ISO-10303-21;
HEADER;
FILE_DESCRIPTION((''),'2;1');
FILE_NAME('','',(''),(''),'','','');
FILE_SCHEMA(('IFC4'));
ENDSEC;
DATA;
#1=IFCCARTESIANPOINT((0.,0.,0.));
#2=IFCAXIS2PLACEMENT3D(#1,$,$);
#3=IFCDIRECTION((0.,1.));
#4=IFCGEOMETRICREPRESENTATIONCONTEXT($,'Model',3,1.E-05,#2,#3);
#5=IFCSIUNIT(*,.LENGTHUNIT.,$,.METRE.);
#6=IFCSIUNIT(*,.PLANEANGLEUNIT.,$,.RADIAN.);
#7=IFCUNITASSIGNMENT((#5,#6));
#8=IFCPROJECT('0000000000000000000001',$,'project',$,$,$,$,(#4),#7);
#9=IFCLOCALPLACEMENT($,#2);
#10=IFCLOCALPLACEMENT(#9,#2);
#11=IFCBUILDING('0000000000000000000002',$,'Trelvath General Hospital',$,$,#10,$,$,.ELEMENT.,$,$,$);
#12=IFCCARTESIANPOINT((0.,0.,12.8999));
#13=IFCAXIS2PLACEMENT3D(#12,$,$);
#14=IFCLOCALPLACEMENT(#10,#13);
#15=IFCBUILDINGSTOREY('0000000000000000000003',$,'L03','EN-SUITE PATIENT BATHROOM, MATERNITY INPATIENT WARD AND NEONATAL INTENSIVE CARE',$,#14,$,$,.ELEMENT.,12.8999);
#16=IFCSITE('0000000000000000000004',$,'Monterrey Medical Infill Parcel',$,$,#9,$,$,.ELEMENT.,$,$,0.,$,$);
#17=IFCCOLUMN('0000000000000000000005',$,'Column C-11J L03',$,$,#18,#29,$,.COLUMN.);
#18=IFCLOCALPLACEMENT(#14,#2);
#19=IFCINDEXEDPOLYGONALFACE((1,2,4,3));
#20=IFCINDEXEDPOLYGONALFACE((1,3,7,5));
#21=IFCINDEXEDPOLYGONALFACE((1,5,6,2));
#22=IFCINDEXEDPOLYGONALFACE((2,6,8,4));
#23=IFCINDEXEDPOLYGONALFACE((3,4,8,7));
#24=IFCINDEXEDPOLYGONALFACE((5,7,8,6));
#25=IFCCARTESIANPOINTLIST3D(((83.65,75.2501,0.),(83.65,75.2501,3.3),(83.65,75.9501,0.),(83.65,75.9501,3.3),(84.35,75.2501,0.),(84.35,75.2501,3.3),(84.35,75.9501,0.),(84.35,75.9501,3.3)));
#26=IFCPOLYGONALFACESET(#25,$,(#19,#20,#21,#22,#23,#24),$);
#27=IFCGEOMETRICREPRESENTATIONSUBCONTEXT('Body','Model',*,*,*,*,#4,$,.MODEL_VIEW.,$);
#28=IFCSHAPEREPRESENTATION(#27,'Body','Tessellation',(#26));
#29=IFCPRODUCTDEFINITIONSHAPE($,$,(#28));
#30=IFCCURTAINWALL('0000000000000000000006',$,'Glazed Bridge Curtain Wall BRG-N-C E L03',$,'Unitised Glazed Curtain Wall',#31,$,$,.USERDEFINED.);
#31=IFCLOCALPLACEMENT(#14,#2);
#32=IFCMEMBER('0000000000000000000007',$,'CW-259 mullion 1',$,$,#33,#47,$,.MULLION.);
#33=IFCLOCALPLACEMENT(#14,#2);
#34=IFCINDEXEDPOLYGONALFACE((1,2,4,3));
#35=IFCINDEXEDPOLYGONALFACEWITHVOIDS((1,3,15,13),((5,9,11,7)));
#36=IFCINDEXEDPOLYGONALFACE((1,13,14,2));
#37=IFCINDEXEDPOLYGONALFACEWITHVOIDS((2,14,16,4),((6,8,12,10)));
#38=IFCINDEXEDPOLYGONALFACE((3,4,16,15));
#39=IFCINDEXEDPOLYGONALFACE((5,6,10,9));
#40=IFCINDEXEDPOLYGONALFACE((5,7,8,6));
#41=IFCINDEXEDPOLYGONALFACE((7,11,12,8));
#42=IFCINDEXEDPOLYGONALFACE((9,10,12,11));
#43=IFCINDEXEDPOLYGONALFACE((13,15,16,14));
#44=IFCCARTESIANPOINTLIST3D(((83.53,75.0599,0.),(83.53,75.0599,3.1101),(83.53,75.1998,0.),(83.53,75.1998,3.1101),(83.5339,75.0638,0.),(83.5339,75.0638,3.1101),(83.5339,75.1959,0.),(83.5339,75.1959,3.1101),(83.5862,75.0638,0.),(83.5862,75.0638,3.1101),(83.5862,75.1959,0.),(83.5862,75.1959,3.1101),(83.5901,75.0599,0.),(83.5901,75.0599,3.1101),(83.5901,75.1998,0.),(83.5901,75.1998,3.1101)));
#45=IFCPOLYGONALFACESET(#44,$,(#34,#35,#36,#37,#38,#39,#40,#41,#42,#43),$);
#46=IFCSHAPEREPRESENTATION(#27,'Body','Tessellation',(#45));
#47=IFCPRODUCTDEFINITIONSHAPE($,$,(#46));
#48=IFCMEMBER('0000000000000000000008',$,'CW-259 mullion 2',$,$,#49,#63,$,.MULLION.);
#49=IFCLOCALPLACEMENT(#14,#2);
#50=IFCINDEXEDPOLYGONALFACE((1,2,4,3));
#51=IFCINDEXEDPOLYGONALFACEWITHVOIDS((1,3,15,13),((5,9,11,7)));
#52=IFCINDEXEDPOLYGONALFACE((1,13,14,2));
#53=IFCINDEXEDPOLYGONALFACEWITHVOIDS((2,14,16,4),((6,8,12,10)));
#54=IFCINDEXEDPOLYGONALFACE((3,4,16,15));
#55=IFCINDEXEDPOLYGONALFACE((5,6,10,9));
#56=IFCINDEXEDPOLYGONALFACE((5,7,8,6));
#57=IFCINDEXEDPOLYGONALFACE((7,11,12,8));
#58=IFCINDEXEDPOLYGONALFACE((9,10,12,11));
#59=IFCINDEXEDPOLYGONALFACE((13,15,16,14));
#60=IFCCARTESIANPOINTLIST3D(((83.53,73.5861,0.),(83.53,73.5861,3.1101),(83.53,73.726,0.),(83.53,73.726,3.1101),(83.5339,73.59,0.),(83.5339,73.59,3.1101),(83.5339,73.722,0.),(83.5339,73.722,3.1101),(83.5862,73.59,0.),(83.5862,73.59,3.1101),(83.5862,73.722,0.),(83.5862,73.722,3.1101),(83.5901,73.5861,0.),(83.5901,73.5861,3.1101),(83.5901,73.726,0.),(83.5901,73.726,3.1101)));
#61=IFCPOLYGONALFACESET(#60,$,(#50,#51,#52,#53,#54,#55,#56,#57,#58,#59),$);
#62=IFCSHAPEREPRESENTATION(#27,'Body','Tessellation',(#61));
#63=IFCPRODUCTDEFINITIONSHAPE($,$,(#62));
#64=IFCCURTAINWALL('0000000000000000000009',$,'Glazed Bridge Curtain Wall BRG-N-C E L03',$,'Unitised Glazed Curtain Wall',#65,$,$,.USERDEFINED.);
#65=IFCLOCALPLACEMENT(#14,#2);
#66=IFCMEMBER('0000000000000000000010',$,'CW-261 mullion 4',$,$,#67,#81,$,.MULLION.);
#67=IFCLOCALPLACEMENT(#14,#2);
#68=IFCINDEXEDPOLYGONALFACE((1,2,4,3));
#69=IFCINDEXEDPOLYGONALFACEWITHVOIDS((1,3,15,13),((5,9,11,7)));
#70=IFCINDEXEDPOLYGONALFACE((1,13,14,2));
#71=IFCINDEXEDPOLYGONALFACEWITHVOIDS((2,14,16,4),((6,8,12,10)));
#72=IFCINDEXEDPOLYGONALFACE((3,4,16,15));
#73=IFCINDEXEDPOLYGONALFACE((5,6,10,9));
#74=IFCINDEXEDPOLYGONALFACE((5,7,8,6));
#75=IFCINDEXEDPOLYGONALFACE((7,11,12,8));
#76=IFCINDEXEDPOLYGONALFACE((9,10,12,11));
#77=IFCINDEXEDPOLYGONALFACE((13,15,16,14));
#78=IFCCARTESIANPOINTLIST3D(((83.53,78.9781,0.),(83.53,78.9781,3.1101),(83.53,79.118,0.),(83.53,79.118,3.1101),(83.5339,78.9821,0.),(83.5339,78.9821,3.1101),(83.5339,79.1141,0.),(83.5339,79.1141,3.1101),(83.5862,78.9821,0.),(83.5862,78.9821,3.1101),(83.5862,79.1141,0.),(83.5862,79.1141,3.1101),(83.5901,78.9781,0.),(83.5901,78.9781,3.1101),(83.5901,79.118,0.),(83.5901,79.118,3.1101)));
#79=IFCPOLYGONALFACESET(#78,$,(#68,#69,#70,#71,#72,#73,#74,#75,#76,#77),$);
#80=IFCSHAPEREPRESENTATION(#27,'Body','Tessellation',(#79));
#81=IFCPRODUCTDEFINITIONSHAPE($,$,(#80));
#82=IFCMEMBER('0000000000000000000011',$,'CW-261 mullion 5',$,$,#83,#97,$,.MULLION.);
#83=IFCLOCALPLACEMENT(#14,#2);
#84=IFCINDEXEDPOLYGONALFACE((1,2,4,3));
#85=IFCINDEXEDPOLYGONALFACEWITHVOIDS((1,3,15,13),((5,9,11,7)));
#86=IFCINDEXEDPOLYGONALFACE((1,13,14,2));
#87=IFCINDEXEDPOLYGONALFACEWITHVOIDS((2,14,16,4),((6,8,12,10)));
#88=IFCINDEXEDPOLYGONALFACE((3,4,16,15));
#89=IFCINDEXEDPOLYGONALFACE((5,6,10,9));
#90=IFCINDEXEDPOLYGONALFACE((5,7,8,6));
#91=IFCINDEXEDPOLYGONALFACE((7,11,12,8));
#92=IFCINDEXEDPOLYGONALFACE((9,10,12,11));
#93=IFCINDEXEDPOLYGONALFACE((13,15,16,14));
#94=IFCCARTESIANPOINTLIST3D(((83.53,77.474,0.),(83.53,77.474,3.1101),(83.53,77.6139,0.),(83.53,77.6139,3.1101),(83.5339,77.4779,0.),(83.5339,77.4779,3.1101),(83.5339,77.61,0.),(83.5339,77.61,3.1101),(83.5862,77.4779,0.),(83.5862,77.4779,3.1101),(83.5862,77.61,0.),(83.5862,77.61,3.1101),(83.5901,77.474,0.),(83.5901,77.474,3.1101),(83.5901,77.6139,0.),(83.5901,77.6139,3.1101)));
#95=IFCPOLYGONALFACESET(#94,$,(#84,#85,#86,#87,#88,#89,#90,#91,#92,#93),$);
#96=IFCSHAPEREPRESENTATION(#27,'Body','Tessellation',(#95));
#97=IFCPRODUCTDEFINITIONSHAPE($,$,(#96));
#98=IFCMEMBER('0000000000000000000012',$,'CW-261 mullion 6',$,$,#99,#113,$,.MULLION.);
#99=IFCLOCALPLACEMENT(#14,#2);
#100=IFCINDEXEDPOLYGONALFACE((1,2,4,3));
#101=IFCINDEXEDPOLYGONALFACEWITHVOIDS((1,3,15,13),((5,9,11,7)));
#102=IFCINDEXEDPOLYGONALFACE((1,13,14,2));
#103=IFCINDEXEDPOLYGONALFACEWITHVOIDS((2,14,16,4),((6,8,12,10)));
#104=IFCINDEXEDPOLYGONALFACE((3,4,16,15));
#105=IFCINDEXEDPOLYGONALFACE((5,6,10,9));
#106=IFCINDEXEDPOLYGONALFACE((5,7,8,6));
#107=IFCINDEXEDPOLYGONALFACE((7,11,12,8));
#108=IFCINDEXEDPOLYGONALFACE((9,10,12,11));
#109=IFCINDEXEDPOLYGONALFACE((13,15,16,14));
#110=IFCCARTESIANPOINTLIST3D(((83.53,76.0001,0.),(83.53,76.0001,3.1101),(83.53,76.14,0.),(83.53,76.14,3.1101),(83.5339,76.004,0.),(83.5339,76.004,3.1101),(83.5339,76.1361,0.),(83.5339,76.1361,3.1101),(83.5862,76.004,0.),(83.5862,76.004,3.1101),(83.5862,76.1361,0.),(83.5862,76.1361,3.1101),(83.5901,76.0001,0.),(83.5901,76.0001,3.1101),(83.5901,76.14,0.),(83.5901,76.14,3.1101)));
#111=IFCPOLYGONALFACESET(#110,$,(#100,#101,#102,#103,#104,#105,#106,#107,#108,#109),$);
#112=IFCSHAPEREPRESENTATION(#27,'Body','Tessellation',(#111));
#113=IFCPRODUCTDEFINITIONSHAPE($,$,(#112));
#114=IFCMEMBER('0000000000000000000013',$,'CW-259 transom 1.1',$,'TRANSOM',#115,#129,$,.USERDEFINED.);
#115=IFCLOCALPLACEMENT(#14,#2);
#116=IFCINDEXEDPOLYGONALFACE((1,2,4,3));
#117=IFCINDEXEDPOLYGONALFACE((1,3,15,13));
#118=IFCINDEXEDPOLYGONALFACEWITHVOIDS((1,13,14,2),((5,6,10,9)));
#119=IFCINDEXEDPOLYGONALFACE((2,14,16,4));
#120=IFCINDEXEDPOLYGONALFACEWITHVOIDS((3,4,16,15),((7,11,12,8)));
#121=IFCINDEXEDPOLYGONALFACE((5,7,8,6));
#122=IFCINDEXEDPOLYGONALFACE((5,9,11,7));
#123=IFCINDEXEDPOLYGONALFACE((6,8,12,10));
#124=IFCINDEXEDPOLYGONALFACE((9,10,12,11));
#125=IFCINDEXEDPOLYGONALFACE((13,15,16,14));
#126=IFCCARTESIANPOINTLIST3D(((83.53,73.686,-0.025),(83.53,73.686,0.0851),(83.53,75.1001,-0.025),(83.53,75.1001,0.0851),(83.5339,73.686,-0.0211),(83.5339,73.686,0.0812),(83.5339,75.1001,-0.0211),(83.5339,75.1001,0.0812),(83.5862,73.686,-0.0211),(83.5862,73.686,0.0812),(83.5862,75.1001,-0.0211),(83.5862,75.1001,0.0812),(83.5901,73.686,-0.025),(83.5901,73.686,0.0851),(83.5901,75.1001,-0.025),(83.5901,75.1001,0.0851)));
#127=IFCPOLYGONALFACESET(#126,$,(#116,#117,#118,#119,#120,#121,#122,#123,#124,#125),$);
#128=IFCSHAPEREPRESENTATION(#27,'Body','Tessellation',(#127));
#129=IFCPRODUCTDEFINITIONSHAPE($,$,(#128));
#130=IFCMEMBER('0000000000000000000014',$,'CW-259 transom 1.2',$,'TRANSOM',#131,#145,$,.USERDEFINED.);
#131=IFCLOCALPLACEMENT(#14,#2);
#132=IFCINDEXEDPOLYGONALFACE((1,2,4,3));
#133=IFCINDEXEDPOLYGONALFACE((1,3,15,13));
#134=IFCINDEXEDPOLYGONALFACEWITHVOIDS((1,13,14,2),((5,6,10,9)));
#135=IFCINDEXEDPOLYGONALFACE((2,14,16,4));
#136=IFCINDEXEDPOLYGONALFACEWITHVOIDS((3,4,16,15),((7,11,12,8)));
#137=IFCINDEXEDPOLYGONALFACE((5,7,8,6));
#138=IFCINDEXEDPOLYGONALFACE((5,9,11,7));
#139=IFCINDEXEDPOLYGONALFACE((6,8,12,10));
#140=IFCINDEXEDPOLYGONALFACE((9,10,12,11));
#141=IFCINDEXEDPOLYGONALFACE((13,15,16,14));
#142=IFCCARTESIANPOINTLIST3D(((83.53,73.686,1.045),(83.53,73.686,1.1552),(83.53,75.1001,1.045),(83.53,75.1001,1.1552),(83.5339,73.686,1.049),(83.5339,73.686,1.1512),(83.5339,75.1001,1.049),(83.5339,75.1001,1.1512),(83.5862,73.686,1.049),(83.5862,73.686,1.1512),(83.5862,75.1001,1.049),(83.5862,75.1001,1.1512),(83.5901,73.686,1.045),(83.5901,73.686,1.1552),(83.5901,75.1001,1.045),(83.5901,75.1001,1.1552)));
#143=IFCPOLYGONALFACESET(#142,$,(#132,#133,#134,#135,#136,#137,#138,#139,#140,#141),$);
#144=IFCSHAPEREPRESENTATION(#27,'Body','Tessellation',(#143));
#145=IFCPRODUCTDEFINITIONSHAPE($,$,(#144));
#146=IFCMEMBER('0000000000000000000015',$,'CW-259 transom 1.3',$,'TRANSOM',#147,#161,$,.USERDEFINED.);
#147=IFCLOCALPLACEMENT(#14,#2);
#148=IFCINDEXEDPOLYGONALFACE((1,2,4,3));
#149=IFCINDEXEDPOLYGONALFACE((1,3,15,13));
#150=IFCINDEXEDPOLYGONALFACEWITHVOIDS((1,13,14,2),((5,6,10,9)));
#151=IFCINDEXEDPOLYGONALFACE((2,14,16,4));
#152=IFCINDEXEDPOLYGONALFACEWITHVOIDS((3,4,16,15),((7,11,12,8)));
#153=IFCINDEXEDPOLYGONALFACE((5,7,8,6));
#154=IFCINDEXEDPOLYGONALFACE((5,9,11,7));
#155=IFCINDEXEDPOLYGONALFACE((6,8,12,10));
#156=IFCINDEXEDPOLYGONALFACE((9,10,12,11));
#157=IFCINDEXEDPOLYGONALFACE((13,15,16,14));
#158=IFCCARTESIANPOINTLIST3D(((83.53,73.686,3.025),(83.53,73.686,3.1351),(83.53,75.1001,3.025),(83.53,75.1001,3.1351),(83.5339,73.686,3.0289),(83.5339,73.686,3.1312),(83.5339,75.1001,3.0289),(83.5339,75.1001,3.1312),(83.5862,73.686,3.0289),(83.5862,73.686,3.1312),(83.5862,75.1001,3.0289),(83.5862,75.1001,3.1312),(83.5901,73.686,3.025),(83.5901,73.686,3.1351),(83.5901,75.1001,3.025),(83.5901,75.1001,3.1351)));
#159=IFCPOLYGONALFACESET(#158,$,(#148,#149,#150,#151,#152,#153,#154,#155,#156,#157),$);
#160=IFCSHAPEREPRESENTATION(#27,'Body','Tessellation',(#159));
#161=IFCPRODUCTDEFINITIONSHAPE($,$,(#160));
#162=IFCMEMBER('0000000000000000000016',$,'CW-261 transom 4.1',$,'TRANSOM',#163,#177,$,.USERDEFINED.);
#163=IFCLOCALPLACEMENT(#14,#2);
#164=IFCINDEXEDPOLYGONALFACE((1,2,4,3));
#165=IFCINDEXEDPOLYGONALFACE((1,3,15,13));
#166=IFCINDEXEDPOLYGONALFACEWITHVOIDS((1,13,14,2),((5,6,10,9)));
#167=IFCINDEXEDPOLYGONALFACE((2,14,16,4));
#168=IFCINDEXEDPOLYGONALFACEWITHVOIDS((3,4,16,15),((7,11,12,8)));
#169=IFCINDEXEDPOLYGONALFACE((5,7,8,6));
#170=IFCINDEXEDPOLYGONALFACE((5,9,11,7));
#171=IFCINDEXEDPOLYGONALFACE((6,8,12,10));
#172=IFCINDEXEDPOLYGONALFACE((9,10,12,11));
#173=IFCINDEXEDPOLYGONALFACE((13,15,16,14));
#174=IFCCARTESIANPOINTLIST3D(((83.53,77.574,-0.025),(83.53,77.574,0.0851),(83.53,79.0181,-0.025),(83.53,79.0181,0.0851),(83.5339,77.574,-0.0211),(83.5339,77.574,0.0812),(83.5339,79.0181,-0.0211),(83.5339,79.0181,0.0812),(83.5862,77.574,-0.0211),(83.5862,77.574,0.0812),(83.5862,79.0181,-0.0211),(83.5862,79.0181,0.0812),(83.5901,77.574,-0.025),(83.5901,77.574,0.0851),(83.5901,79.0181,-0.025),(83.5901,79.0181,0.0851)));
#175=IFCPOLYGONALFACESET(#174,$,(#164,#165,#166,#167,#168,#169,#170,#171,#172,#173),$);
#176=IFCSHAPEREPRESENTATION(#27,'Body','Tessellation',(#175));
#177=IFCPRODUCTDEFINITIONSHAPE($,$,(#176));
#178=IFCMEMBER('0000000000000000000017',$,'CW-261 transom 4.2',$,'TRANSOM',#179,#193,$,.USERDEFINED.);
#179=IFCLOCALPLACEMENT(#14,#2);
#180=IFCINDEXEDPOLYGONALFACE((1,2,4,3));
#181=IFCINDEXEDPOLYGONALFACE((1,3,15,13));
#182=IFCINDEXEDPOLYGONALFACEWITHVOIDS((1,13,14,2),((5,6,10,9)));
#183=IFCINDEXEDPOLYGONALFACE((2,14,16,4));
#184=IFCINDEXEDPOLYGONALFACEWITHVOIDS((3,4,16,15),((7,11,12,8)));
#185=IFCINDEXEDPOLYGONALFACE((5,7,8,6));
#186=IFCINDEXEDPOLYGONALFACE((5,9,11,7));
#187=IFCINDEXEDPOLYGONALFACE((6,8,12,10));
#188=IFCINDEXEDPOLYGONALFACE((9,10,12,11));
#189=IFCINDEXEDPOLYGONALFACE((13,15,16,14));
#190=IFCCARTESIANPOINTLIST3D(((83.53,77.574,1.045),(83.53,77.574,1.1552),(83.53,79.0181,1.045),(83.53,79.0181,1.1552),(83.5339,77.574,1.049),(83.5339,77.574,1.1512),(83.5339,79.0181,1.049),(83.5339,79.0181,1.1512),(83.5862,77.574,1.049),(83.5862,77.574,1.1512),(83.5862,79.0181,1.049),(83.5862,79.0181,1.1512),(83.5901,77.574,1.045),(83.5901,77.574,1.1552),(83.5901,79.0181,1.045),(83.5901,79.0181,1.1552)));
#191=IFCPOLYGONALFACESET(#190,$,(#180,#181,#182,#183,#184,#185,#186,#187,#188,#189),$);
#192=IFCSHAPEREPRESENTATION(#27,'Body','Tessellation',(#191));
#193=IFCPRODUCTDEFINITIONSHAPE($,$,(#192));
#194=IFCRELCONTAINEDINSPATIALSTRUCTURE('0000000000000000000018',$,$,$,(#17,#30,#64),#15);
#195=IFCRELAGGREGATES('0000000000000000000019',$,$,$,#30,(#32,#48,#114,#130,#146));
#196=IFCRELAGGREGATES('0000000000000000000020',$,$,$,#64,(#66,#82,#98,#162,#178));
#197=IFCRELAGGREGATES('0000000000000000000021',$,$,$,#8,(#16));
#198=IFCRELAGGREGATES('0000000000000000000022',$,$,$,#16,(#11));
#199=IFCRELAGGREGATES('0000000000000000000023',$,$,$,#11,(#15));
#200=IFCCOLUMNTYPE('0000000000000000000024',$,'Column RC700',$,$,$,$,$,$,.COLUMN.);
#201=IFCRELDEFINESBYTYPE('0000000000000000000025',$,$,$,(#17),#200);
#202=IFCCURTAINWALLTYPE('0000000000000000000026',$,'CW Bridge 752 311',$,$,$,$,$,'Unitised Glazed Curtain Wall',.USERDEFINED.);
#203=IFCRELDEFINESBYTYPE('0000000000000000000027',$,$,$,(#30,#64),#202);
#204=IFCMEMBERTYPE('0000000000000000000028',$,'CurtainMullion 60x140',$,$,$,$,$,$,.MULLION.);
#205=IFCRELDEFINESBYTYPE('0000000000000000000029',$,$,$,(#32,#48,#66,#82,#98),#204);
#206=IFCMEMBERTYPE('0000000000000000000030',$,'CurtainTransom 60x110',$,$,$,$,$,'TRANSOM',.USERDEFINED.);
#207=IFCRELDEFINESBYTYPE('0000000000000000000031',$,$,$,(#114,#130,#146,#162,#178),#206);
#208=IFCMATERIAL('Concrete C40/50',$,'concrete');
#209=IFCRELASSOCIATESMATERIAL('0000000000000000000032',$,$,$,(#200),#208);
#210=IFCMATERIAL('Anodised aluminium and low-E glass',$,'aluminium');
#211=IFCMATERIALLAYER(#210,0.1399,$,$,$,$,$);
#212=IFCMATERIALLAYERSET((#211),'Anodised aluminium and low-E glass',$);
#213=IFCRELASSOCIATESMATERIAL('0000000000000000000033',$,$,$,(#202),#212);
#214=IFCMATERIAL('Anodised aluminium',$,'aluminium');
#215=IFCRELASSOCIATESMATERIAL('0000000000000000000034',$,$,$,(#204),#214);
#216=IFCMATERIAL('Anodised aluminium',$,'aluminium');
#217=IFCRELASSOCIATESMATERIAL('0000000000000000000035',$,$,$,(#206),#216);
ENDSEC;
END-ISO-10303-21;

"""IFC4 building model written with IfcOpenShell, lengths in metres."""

from ifc_helpers import new_model, si_unit, direction, frame, origin, origin_2d, place, context, subcontext, project, spatial, rectangle, hollow_rectangle, extrude, material, layer, layer_set, material_profile, profile_set, type_object, element, aggregate, save


model = new_model("IFC4")

# Units and contexts
model_context = context("Model", 3, precision=1e-05, world=origin(), true_north=direction((0.0, 1.0)))
body_context = subcontext(model_context, "Body", "Model", "MODEL_VIEW")
ifc_project = project(units=[si_unit("LENGTHUNIT", "METRE"), si_unit("PLANEANGLEUNIT", "RADIAN")], contexts=[model_context])

# Site, building, storey
site_placement = place(None, origin())
site = spatial("IfcSite", under=ifc_project, at=site_placement, Name="Monterrey Medical Infill Parcel", CompositionType="ELEMENT", RefElevation=0.0)
building_placement = place(site_placement, origin())
building = spatial("IfcBuilding", under=site, at=building_placement, Name="Trelvath General Hospital", CompositionType="ELEMENT")
storey_placement = place(building_placement, frame((0.0, 0.0, 12.8999)))
storey = spatial("IfcBuildingStorey", under=building, at=storey_placement, Name="L03", Description="EN-SUITE PATIENT BATHROOM, MATERNITY INPATIENT WARD AND NEONATAL INTENSIVE CARE", CompositionType="ELEMENT", Elevation=12.8999)

# Column
ifc_material_1 = material(Name="Concrete C40/50", Category="concrete")
ifc_material_profile_1 = material_profile(ifc_material_1, rectangle(XDim=0.7, YDim=0.7, at=origin_2d()), Name="RC700x700")
ifc_profile_set_1 = profile_set([ifc_material_profile_1], Name="Concrete C40/50")
column_type = type_object("IfcColumnType", Name="Column RC700", PredefinedType="COLUMN", material=ifc_profile_set_1)
column_placement = place(storey_placement, frame((84.0, 75.6001, 0.0), z_axis=(0.0, 0.0, 1.0), x_axis=(1.0, 0.0, 0.0)))
element("IfcColumn", 1, at=column_placement, inside=storey, type_object=column_type, Name="Column C-11J L03", PredefinedType="COLUMN", context=body_context, shape_type="SweptSolid", body=[
    extrude(rectangle(XDim=0.7, YDim=0.7, at=origin_2d()), origin(), (0.0, 0.0, 1.0), 3.3),
])

# Curtain walls, members
ifc_material_2 = material(Name="Anodised aluminium and low-E glass", Category="aluminium")
ifc_layer_1 = layer(ifc_material_2, 0.1399)
ifc_layer_set_1 = layer_set([ifc_layer_1], Name="Anodised aluminium and low-E glass")
curtain_wall_type = type_object("IfcCurtainWallType", Name="CW Bridge 752 311", ElementType="Unitised Glazed Curtain Wall", PredefinedType="USERDEFINED", material=ifc_layer_set_1)
curtain_wall_1_placement = place(storey_placement, origin())
curtain_wall_1 = element("IfcCurtainWall", 2, at=curtain_wall_1_placement, inside=storey, type_object=curtain_wall_type, Name="Glazed Bridge Curtain Wall BRG-N-C E L03", ObjectType="Unitised Glazed Curtain Wall", PredefinedType="USERDEFINED")
ifc_material_3 = material(Name="Anodised aluminium", Category="aluminium")
ifc_material_profile_2 = material_profile(ifc_material_3, hollow_rectangle(XDim=0.0601, YDim=0.1399, WallThickness=0.0039, at=origin_2d()), Name="RHS60x140x4")
ifc_profile_set_2 = profile_set([ifc_material_profile_2], Name="Anodised aluminium")
member_type_1 = type_object("IfcMemberType", Name="CurtainMullion 60x140", PredefinedType="MULLION", material=ifc_profile_set_2)
member_1_placement = place(storey_placement, frame((83.5601, 75.1299, 0.0), z_axis=(0.0, 0.0, 1.0), x_axis=(1.0, 0.0, 0.0)))
member_1 = element("IfcMember", 3, at=member_1_placement, type_object=member_type_1, Name="CW-259 mullion 1", PredefinedType="MULLION", context=body_context, shape_type="SweptSolid", body=[
    extrude(hollow_rectangle(XDim=0.0601, YDim=0.1399, WallThickness=0.0039, at=origin_2d()), origin(), (0.0, 0.0, 1.0), 3.1101),
])
member_2_placement = place(storey_placement, frame((83.5601, 73.656, 0.0), z_axis=(0.0, 0.0, 1.0), x_axis=(1.0, 0.0, 0.0)))
member_2 = element("IfcMember", 4, at=member_2_placement, type_object=member_type_1, Name="CW-259 mullion 2", PredefinedType="MULLION", context=body_context, shape_type="SweptSolid", body=[
    extrude(hollow_rectangle(XDim=0.0601, YDim=0.1399, WallThickness=0.0039, at=origin_2d()), origin(), (0.0, 0.0, 1.0), 3.1101),
])
curtain_wall_2_placement = place(storey_placement, origin())
curtain_wall_2 = element("IfcCurtainWall", 5, at=curtain_wall_2_placement, inside=storey, type_object=curtain_wall_type, Name="Glazed Bridge Curtain Wall BRG-N-C E L03", ObjectType="Unitised Glazed Curtain Wall", PredefinedType="USERDEFINED")
member_3_placement = place(storey_placement, frame((83.5601, 79.0481, 0.0), z_axis=(0.0, 0.0, 1.0), x_axis=(1.0, 0.0, 0.0)))
member_3 = element("IfcMember", 6, at=member_3_placement, type_object=member_type_1, Name="CW-261 mullion 4", PredefinedType="MULLION", context=body_context, shape_type="SweptSolid", body=[
    extrude(hollow_rectangle(XDim=0.0601, YDim=0.1399, WallThickness=0.0039, at=origin_2d()), origin(), (0.0, 0.0, 1.0), 3.1101),
])
member_4_placement = place(storey_placement, frame((83.5601, 77.5439, 0.0), z_axis=(0.0, 0.0, 1.0), x_axis=(1.0, 0.0, 0.0)))
member_4 = element("IfcMember", 7, at=member_4_placement, type_object=member_type_1, Name="CW-261 mullion 5", PredefinedType="MULLION", context=body_context, shape_type="SweptSolid", body=[
    extrude(hollow_rectangle(XDim=0.0601, YDim=0.1399, WallThickness=0.0039, at=origin_2d()), origin(), (0.0, 0.0, 1.0), 3.1101),
])
member_5_placement = place(storey_placement, frame((83.5601, 76.0701, 0.0), z_axis=(0.0, 0.0, 1.0), x_axis=(1.0, 0.0, 0.0)))
member_5 = element("IfcMember", 8, at=member_5_placement, type_object=member_type_1, Name="CW-261 mullion 6", PredefinedType="MULLION", context=body_context, shape_type="SweptSolid", body=[
    extrude(hollow_rectangle(XDim=0.0601, YDim=0.1399, WallThickness=0.0039, at=origin_2d()), origin(), (0.0, 0.0, 1.0), 3.1101),
])

# Members
ifc_material_4 = material(Name="Anodised aluminium", Category="aluminium")
ifc_material_profile_3 = material_profile(ifc_material_4, hollow_rectangle(XDim=0.0601, YDim=0.1101, WallThickness=0.0039, at=origin_2d()), Name="RHS60x110x4")
ifc_profile_set_3 = profile_set([ifc_material_profile_3], Name="Anodised aluminium")
member_type_2 = type_object("IfcMemberType", Name="CurtainTransom 60x110", ElementType="TRANSOM", PredefinedType="USERDEFINED", material=ifc_profile_set_3)
member_6_placement = place(storey_placement, frame((83.5601, 75.1001, 0.03), z_axis=(0.0, -1.0, 0.0), x_axis=(1.0, 0.0, 0.0)))
member_6 = element("IfcMember", 9, at=member_6_placement, type_object=member_type_2, Name="CW-259 transom 1.1", ObjectType="TRANSOM", PredefinedType="USERDEFINED", context=body_context, shape_type="SweptSolid", body=[
    extrude(hollow_rectangle(XDim=0.0601, YDim=0.1101, WallThickness=0.0039, at=origin_2d()), origin(), (0.0, 0.0, 1.0), 1.4141),
])
member_7_placement = place(storey_placement, frame((83.5601, 75.1001, 1.1001), z_axis=(0.0, -1.0, 0.0), x_axis=(1.0, 0.0, 0.0)))
member_7 = element("IfcMember", 10, at=member_7_placement, type_object=member_type_2, Name="CW-259 transom 1.2", ObjectType="TRANSOM", PredefinedType="USERDEFINED", context=body_context, shape_type="SweptSolid", body=[
    extrude(hollow_rectangle(XDim=0.0601, YDim=0.1101, WallThickness=0.0039, at=origin_2d()), origin(), (0.0, 0.0, 1.0), 1.4141),
])
member_8_placement = place(storey_placement, frame((83.5601, 75.1001, 3.0801), z_axis=(0.0, -1.0, 0.0), x_axis=(1.0, 0.0, 0.0)))
member_8 = element("IfcMember", 11, at=member_8_placement, type_object=member_type_2, Name="CW-259 transom 1.3", ObjectType="TRANSOM", PredefinedType="USERDEFINED", context=body_context, shape_type="SweptSolid", body=[
    extrude(hollow_rectangle(XDim=0.0601, YDim=0.1101, WallThickness=0.0039, at=origin_2d()), origin(), (0.0, 0.0, 1.0), 1.4141),
])
member_9_placement = place(storey_placement, frame((83.5601, 79.0181, 0.03), z_axis=(0.0, -1.0, 0.0), x_axis=(1.0, 0.0, 0.0)))
member_9 = element("IfcMember", 12, at=member_9_placement, type_object=member_type_2, Name="CW-261 transom 4.1", ObjectType="TRANSOM", PredefinedType="USERDEFINED", context=body_context, shape_type="SweptSolid", body=[
    extrude(hollow_rectangle(XDim=0.0601, YDim=0.1101, WallThickness=0.0039, at=origin_2d()), origin(), (0.0, 0.0, 1.0), 1.4441),
])
member_10_placement = place(storey_placement, frame((83.5601, 79.0181, 1.1001), z_axis=(0.0, -1.0, 0.0), x_axis=(1.0, 0.0, 0.0)))
member_10 = element("IfcMember", 13, at=member_10_placement, type_object=member_type_2, Name="CW-261 transom 4.2", ObjectType="TRANSOM", PredefinedType="USERDEFINED", context=body_context, shape_type="SweptSolid", body=[
    extrude(hollow_rectangle(XDim=0.0601, YDim=0.1101, WallThickness=0.0039, at=origin_2d()), origin(), (0.0, 0.0, 1.0), 1.4441),
])

aggregate(curtain_wall_1, [member_1, member_2, member_6, member_7, member_8])
aggregate(curtain_wall_2, [member_3, member_4, member_5, member_9, member_10])

save(model, "model.ifc")
